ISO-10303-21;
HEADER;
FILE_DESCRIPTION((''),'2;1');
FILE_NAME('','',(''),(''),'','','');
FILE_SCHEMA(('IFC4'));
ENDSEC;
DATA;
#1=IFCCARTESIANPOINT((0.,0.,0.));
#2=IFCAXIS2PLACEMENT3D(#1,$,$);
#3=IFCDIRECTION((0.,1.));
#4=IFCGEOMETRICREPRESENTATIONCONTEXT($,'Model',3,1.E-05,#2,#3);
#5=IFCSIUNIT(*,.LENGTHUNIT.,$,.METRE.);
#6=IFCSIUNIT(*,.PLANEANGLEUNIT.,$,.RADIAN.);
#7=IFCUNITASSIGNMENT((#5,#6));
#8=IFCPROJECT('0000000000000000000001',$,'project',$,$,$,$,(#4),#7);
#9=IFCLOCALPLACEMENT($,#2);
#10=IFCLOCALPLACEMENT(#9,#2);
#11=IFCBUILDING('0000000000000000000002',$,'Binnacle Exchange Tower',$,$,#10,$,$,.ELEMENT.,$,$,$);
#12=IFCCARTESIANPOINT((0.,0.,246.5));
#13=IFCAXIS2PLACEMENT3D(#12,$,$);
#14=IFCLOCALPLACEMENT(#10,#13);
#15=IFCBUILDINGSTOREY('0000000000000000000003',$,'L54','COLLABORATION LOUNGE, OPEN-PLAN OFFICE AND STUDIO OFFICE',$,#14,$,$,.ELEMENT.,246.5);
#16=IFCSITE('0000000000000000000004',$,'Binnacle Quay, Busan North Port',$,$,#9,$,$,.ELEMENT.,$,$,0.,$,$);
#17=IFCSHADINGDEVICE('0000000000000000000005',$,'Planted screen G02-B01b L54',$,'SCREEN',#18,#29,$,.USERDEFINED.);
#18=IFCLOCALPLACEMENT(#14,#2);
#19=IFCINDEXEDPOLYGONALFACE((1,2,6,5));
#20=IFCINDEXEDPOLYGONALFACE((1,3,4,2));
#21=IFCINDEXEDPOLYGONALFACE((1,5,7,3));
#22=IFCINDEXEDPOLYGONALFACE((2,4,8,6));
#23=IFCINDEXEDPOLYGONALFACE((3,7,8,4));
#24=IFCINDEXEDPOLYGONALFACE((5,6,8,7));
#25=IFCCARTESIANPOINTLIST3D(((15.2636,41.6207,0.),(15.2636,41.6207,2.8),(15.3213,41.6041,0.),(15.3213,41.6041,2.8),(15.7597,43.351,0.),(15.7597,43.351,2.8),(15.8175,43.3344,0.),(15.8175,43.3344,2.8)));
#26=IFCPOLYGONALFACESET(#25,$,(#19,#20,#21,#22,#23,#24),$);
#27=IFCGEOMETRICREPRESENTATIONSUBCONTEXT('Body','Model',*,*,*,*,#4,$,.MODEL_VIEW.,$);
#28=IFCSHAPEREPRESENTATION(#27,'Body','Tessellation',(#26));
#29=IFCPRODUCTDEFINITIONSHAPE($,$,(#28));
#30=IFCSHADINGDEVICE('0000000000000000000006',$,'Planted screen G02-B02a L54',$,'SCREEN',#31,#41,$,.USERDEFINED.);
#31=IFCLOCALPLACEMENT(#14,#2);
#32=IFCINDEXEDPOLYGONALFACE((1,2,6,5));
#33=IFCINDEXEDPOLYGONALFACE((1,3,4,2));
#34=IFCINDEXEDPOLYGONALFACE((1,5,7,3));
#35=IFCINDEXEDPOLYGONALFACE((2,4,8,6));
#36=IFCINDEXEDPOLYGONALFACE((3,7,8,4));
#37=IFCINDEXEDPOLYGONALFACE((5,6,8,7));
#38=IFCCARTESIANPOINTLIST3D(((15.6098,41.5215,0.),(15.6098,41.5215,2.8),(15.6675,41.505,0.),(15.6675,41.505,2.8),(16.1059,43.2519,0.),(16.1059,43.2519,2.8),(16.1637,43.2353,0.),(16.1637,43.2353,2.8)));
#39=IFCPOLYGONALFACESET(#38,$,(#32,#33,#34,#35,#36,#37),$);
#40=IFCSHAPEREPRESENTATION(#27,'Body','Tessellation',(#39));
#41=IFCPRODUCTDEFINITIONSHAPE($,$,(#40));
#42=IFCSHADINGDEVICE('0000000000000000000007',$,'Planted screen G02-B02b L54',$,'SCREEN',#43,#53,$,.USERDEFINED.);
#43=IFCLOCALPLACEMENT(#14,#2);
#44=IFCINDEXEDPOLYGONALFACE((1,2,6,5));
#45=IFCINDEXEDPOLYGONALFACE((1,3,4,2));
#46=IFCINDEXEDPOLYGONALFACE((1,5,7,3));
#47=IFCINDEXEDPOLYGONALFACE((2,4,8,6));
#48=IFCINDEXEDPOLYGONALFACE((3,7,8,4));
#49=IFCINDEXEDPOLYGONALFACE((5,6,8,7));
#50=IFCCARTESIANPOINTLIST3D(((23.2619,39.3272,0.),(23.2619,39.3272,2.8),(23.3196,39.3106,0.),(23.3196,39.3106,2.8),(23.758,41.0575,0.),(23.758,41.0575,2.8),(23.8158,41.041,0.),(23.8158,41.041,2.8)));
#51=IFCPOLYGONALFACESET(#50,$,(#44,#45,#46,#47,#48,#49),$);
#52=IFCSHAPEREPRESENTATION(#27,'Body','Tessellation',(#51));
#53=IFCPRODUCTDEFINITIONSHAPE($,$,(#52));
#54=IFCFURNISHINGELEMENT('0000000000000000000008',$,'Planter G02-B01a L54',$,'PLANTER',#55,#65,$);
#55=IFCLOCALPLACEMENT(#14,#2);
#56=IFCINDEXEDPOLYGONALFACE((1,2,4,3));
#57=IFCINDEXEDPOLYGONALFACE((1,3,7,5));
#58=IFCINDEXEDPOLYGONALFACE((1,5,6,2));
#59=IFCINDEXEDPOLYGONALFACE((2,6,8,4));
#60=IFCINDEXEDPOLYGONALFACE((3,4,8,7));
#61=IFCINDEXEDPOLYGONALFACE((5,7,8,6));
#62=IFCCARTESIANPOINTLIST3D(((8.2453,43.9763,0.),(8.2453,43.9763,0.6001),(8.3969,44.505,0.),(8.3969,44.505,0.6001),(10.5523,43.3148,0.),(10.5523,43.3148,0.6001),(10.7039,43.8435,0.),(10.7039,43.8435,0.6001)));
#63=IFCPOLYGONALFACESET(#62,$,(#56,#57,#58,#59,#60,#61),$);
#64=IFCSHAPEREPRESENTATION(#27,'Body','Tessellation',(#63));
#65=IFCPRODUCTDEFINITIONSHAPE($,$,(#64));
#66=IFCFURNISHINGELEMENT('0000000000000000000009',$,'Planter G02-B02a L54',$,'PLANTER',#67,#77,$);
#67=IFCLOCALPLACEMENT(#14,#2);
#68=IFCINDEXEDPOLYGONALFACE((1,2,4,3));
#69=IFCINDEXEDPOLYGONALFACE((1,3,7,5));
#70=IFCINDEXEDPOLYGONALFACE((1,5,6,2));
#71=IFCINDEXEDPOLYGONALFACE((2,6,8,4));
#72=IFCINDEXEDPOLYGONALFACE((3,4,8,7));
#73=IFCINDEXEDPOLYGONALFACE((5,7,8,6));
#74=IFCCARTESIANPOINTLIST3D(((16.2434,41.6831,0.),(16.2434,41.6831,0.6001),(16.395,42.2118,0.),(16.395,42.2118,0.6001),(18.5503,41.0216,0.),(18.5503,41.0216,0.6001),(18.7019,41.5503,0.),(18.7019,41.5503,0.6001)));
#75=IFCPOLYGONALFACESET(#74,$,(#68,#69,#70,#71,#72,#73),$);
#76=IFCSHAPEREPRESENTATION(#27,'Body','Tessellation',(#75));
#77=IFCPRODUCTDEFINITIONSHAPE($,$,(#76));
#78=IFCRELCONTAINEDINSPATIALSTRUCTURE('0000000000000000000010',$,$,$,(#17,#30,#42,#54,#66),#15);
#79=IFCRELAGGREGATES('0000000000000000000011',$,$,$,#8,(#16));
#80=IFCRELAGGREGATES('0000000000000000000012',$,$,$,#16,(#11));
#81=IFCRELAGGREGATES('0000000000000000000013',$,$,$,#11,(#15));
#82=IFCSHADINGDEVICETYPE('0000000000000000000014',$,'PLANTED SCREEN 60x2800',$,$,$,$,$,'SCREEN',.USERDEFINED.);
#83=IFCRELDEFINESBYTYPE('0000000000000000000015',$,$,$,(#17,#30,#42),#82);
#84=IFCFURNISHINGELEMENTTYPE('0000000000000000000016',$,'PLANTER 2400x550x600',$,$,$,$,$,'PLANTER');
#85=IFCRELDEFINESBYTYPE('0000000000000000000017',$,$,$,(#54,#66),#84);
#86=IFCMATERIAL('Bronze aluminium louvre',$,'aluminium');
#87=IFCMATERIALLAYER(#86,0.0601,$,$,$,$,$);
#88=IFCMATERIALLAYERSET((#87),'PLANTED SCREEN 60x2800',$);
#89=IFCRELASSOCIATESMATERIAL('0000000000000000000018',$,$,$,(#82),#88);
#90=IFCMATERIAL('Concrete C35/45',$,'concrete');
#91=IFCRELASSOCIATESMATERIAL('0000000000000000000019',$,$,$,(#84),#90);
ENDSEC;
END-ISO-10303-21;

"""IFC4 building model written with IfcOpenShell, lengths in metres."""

from ifc_helpers import new_model, si_unit, direction, frame, origin, origin_2d, place, context, subcontext, project, spatial, rectangle, extrude, material, layer, layer_set, type_object, element, save


model = new_model("IFC4")

# Units and contexts
model_context = context("Model", 3, precision=1e-05, world=origin(), true_north=direction((0.0, 1.0)))
body_context = subcontext(model_context, "Body", "Model", "MODEL_VIEW")
ifc_project = project(units=[si_unit("LENGTHUNIT", "METRE"), si_unit("PLANEANGLEUNIT", "RADIAN")], contexts=[model_context])

# Site, building, storey
site_placement = place(None, origin())
site = spatial("IfcSite", under=ifc_project, at=site_placement, Name="Binnacle Quay, Busan North Port", CompositionType="ELEMENT", RefElevation=0.0)
building_placement = place(site_placement, origin())
building = spatial("IfcBuilding", under=site, at=building_placement, Name="Binnacle Exchange Tower", CompositionType="ELEMENT")
storey_placement = place(building_placement, frame((0.0, 0.0, 246.5)))
storey = spatial("IfcBuildingStorey", under=building, at=storey_placement, Name="L54", Description="COLLABORATION LOUNGE, OPEN-PLAN OFFICE AND STUDIO OFFICE", CompositionType="ELEMENT", Elevation=246.5)

# Shared definitions
ifc_material_1 = material(Name="Concrete C35/45", Category="concrete")

# Shading devices
ifc_material_2 = material(Name="Bronze aluminium louvre", Category="aluminium")
ifc_layer_1 = layer(ifc_material_2, 0.0601)
ifc_layer_set_1 = layer_set([ifc_layer_1], Name="PLANTED SCREEN 60x2800")
shading_device_type = type_object("IfcShadingDeviceType", Name="PLANTED SCREEN 60x2800", ElementType="SCREEN", PredefinedType="USERDEFINED", material=ifc_layer_set_1)
for number, where, z_axis, x_axis, name in (
    (1, (15.5405, 42.4775, 0.0), (0.0, 0.0, 1.0), (0.961262, -0.275637, 0.0), "Planted screen G02-B01b L54"),
    (2, (15.8867, 42.3784, 0.0), (0.0, 0.0, 1.0), (0.961262, -0.275637, 0.0), "Planted screen G02-B02a L54"),
    (3, (23.5388, 40.1841, 0.0), (0.0, 0.0, 1.0), (0.961262, -0.275637, 0.0), "Planted screen G02-B02b L54"),
):
    element("IfcShadingDevice", number, at=place(storey_placement, frame(where, z_axis=z_axis, x_axis=x_axis)), inside=storey, type_object=shading_device_type, Name=name, ObjectType="SCREEN", PredefinedType="USERDEFINED", context=body_context, shape_type="SweptSolid", body=[
        extrude(rectangle(XDim=0.0601, YDim=1.8, at=origin_2d()), origin(), (0.0, 0.0, 1.0), 2.8),
    ])

# Furnishing elements
furnishing_element_type = type_object("IfcFurnishingElementType", Name="PLANTER 2400x550x600", ElementType="PLANTER", material=ifc_material_1)
for number, where, z_axis, x_axis, name in (
    (4, (9.4746, 43.9099, 0.0), (0.0, 0.0, 1.0), (0.961262, -0.275637, 0.0), "Planter G02-B01a L54"),
    (5, (17.4727, 41.6167, 0.0), (0.0, 0.0, 1.0), (0.961262, -0.275637, 0.0), "Planter G02-B02a L54"),
):
    element("IfcFurnishingElement", number, at=place(storey_placement, frame(where, z_axis=z_axis, x_axis=x_axis)), inside=storey, type_object=furnishing_element_type, Name=name, ObjectType="PLANTER", context=body_context, shape_type="SweptSolid", body=[
        extrude(rectangle(XDim=2.3999, YDim=0.55, at=origin_2d()), origin(), (0.0, 0.0, 1.0), 0.6001),
    ])

save(model, "model.ifc")
